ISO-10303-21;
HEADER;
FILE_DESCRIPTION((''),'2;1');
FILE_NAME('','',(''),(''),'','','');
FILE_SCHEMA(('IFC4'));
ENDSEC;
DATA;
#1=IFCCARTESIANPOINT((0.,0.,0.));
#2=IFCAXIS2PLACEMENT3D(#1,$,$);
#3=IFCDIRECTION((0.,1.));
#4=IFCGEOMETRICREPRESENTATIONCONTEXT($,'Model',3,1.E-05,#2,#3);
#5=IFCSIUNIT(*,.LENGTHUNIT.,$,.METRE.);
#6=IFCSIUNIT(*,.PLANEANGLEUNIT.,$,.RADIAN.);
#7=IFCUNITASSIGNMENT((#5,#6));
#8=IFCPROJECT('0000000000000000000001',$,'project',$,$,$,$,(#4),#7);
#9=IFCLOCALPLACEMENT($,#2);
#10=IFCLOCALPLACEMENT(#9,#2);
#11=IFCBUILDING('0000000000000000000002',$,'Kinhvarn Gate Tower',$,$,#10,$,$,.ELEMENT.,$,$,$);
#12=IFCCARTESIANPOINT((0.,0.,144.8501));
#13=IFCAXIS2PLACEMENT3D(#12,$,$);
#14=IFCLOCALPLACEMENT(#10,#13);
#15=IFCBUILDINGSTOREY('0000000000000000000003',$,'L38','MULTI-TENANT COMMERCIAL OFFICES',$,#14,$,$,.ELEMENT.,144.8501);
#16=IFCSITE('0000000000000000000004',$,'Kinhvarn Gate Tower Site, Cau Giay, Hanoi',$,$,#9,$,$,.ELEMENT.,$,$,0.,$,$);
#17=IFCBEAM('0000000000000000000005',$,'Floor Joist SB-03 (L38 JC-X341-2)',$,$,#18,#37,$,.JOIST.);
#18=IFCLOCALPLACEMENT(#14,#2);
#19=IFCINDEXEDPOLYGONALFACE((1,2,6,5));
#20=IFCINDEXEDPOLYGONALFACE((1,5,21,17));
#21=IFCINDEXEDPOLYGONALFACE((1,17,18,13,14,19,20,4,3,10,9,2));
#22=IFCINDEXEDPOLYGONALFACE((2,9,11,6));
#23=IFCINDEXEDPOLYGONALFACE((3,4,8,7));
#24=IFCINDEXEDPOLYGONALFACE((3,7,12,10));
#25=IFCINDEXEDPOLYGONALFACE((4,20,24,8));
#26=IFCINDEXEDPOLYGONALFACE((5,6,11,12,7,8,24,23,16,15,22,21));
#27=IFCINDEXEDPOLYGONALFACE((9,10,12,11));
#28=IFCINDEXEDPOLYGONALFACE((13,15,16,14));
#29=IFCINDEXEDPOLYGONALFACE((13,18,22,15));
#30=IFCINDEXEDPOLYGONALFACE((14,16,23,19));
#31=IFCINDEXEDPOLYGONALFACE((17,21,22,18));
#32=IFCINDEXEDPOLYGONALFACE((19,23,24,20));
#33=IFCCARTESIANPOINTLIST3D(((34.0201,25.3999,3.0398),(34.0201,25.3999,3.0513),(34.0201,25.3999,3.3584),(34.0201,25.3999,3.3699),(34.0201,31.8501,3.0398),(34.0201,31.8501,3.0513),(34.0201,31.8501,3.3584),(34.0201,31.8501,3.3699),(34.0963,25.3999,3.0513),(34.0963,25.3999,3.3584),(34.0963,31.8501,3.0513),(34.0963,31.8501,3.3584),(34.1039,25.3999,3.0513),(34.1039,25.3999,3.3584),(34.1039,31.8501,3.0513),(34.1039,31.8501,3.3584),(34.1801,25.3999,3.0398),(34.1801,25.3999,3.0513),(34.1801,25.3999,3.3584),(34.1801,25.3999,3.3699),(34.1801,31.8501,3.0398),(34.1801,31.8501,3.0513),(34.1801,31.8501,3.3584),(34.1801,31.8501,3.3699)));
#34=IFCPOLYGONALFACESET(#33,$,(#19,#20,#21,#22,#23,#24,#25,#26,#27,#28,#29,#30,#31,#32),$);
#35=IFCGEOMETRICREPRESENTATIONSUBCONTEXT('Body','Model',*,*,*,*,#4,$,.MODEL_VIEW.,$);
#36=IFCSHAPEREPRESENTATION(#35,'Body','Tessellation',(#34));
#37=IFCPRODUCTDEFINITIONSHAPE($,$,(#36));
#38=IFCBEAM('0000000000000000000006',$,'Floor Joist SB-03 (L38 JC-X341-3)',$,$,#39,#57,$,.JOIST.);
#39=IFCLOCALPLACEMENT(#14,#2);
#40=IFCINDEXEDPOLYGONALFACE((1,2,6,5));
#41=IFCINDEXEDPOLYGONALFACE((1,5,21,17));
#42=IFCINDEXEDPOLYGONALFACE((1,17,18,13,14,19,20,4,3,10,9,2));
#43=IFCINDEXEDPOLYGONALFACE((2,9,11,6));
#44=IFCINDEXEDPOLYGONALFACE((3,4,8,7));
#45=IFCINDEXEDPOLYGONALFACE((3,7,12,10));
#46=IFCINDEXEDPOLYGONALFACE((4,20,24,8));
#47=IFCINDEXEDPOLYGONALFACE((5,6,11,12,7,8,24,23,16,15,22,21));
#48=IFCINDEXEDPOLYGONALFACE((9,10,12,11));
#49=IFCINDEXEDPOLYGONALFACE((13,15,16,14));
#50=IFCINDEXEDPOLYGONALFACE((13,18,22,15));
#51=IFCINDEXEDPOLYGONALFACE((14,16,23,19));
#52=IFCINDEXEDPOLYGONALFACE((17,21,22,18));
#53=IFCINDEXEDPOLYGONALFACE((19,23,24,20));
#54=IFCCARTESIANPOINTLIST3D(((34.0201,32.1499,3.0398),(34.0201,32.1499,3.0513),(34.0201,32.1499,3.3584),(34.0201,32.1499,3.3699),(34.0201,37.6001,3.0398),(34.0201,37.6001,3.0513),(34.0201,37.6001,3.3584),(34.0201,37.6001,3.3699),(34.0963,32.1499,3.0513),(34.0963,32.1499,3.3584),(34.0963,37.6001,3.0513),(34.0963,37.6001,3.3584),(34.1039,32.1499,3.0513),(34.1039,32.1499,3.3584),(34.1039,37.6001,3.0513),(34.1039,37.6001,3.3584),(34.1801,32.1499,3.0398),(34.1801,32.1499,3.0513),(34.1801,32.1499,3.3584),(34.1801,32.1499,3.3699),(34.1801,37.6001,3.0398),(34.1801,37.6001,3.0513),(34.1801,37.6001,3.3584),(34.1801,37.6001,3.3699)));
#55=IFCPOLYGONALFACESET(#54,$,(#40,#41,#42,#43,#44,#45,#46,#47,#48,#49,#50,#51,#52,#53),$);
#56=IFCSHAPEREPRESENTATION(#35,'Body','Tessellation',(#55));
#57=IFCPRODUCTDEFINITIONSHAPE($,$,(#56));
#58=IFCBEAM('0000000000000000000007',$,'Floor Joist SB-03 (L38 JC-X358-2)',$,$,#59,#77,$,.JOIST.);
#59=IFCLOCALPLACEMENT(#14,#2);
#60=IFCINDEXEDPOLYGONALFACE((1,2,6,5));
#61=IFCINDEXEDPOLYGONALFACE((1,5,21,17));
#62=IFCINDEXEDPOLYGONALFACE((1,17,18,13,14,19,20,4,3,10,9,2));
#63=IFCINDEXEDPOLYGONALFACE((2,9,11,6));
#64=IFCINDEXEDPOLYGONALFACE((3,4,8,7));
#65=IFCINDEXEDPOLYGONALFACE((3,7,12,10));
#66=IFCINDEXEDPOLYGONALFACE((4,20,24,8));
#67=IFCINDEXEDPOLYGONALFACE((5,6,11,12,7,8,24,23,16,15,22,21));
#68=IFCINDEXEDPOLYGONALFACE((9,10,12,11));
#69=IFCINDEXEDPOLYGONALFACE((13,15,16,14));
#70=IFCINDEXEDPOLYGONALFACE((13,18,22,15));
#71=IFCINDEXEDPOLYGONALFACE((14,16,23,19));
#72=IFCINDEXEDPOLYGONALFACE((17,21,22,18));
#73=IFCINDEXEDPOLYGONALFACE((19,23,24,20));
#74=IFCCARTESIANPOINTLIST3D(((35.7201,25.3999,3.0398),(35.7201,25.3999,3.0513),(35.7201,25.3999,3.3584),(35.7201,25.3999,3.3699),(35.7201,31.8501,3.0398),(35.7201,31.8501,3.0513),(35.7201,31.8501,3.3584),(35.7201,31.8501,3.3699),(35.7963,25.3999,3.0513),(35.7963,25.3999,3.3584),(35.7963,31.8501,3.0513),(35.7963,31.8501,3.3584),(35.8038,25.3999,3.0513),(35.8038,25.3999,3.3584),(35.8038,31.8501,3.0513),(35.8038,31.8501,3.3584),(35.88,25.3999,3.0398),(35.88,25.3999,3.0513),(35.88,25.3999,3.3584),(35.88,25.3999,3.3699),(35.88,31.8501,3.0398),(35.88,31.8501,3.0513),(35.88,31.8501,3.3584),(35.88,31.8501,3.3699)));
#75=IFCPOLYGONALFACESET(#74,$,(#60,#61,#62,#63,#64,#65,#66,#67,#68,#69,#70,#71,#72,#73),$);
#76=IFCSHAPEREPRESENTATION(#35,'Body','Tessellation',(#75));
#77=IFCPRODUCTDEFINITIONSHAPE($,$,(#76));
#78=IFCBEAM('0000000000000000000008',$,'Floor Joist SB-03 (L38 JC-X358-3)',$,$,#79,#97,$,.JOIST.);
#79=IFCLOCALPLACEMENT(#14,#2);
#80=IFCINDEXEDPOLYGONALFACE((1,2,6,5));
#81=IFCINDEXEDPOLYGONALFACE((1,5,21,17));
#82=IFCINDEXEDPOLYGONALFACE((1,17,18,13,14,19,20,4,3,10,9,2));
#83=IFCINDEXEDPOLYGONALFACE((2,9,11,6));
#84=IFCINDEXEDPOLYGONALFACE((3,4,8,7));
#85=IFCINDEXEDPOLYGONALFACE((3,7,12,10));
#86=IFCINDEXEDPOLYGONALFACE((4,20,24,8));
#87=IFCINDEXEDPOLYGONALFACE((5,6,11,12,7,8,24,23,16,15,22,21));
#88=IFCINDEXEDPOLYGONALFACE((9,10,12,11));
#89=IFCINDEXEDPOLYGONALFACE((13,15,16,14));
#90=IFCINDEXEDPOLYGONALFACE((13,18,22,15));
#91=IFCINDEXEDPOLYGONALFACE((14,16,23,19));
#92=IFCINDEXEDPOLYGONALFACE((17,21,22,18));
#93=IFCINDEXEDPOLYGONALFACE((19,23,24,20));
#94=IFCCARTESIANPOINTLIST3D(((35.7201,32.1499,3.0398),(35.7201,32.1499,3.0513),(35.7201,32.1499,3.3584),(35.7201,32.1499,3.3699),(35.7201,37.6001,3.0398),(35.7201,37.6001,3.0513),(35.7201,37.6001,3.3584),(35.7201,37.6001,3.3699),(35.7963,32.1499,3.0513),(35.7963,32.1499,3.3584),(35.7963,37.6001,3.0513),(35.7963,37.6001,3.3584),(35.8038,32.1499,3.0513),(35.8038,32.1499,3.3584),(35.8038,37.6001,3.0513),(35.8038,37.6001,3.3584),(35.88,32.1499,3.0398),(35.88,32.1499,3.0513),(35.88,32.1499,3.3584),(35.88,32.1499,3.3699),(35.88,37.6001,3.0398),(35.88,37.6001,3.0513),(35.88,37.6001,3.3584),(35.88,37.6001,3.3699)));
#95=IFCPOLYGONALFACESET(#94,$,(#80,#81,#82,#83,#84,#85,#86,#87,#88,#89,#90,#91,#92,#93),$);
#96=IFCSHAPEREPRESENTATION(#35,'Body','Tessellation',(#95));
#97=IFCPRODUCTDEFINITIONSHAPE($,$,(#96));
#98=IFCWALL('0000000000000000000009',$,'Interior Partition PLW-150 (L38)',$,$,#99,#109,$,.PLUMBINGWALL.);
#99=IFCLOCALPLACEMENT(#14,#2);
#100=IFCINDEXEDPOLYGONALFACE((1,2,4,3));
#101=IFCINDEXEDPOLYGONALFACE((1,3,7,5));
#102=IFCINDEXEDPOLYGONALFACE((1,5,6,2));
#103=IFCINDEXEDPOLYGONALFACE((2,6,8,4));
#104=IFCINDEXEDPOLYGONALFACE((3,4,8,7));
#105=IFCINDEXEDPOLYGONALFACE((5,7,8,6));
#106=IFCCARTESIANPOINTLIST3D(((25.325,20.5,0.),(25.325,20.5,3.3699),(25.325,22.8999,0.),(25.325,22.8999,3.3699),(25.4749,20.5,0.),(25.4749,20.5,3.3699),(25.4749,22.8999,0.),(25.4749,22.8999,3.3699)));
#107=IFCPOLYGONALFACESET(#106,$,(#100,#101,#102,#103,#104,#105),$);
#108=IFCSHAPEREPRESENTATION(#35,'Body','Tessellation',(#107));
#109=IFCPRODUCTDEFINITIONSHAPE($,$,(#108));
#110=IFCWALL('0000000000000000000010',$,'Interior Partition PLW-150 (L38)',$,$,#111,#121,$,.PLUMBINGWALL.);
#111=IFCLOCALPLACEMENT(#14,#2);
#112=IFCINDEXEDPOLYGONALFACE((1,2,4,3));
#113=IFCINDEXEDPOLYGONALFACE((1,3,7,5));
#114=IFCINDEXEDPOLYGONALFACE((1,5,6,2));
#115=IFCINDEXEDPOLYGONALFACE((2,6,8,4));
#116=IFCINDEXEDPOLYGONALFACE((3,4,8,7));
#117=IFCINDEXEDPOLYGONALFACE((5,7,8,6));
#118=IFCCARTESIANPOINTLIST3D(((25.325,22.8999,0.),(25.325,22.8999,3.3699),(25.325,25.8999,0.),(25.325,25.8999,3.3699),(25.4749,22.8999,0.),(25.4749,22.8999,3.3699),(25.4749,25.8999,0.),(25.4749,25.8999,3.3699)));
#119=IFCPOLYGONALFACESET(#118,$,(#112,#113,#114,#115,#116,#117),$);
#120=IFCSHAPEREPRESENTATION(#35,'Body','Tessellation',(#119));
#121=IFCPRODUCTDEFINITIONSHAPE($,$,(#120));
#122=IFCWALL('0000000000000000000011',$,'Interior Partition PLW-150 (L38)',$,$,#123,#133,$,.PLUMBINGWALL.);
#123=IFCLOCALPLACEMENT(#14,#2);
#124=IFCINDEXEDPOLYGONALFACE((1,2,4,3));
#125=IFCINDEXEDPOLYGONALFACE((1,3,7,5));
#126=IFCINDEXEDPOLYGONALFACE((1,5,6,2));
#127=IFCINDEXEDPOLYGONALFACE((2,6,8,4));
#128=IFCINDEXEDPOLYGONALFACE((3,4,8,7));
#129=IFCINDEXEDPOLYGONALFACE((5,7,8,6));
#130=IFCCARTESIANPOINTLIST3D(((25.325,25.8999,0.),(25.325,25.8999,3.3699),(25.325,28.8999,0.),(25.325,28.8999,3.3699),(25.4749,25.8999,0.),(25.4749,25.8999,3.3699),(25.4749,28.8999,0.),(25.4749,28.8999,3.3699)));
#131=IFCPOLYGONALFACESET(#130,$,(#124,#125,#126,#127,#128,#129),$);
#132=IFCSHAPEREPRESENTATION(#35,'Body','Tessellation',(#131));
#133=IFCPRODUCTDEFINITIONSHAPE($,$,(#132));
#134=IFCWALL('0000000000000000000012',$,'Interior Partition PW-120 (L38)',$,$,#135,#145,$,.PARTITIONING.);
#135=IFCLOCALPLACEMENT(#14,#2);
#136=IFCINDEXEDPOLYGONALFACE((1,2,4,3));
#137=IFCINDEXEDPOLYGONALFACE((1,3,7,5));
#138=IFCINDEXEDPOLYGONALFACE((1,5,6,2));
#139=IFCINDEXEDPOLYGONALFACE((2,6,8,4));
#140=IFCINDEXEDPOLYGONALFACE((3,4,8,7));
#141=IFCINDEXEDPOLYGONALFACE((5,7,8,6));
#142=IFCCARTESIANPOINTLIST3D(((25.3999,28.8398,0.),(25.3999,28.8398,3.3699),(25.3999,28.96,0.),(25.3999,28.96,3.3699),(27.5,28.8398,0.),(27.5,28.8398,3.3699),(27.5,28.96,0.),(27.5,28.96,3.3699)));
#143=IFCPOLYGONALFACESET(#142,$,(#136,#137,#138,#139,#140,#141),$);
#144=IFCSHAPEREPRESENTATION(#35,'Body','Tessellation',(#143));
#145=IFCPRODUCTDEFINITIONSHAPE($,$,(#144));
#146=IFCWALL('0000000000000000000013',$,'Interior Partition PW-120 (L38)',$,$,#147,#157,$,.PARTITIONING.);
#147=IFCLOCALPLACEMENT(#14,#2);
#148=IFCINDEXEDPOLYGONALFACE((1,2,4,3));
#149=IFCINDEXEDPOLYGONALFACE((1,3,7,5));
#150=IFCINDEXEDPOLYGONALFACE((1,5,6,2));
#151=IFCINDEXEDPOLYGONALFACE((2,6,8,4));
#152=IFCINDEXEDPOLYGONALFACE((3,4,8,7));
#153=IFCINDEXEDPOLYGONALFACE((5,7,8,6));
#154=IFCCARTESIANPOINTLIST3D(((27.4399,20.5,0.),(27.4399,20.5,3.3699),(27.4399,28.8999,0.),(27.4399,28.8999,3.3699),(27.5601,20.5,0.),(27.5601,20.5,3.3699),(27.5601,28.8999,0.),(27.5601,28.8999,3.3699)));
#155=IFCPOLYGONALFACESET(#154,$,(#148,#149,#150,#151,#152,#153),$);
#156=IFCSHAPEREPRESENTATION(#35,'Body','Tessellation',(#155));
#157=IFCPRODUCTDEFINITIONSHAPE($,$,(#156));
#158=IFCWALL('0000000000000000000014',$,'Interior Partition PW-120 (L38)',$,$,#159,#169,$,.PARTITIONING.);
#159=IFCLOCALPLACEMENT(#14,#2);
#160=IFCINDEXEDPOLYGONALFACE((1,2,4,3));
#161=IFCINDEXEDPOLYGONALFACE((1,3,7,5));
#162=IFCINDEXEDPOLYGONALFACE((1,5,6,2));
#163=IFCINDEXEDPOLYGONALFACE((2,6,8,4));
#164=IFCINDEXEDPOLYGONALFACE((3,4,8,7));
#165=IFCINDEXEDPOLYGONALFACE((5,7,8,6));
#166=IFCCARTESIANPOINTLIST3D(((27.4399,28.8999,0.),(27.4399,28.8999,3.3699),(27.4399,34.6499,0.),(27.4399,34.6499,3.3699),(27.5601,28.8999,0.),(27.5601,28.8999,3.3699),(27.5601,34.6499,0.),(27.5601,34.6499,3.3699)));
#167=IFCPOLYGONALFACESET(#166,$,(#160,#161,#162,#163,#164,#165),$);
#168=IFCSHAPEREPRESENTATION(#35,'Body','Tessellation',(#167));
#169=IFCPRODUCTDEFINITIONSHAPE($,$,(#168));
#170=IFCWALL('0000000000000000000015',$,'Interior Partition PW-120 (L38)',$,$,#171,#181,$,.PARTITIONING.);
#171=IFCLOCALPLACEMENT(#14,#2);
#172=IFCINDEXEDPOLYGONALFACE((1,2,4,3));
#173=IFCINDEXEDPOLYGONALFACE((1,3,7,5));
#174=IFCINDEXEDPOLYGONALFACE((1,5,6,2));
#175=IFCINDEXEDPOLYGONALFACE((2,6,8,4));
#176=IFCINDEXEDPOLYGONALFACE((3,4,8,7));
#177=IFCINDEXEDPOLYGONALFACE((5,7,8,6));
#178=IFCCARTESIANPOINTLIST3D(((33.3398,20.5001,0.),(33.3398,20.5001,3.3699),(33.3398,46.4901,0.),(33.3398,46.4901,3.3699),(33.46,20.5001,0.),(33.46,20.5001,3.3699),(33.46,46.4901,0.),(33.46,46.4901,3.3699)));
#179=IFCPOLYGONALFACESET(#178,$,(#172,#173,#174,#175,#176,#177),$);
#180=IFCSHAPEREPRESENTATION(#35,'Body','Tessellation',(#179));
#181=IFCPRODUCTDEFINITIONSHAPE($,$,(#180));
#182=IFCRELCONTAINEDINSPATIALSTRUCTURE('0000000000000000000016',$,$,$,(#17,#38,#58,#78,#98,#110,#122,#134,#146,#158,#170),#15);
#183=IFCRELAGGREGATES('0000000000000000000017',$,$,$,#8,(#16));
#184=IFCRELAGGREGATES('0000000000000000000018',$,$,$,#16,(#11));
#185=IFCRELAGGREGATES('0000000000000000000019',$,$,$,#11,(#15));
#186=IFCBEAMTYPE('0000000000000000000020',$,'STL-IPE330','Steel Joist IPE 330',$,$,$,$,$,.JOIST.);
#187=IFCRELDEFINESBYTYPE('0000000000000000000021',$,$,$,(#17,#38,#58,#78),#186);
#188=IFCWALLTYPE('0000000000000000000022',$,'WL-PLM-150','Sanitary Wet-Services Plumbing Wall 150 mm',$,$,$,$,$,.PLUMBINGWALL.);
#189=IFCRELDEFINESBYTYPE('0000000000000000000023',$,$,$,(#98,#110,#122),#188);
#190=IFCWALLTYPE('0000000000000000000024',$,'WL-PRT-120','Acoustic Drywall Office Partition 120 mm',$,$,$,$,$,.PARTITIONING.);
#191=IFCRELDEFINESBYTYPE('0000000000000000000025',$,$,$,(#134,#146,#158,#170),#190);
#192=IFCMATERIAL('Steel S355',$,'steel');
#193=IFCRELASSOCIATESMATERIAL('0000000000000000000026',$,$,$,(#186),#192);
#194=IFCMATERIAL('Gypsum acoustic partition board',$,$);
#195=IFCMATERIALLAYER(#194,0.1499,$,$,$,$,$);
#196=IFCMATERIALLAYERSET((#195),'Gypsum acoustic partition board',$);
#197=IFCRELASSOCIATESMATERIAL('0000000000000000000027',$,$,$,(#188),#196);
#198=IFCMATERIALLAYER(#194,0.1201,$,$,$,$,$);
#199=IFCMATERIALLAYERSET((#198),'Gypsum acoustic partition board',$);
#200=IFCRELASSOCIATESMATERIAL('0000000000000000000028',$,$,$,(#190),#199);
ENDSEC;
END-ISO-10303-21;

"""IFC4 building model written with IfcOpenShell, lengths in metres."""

from ifc_helpers import new_model, si_unit, direction, frame, frame_2d, origin, origin_2d, place, context, subcontext, project, spatial, rectangle, i_section, extrude, material, layer, layer_set, material_profile, profile_set, type_object, element, save


model = new_model("IFC4")

# Units and contexts
model_context = context("Model", 3, precision=1e-05, world=origin(), true_north=direction((0.0, 1.0)))
body_context = subcontext(model_context, "Body", "Model", "MODEL_VIEW")
ifc_project = project(units=[si_unit("LENGTHUNIT", "METRE"), si_unit("PLANEANGLEUNIT", "RADIAN")], contexts=[model_context])

# Site, building, storey
site_placement = place(None, origin())
site = spatial("IfcSite", under=ifc_project, at=site_placement, Name="Kinhvarn Gate Tower Site, Cau Giay, Hanoi", CompositionType="ELEMENT", RefElevation=0.0)
building_placement = place(site_placement, origin())
building = spatial("IfcBuilding", under=site, at=building_placement, Name="Kinhvarn Gate Tower", CompositionType="ELEMENT")
storey_placement = place(building_placement, frame((0.0, 0.0, 144.8501)))
storey = spatial("IfcBuildingStorey", under=building, at=storey_placement, Name="L38", Description="MULTI-TENANT COMMERCIAL OFFICES", CompositionType="ELEMENT", Elevation=144.8501)

# Beams
ifc_material_1 = material(Name="Steel S355", Category="steel")
ifc_material_profile = material_profile(ifc_material_1, i_section(OverallWidth=0.1599, OverallDepth=0.3301, WebThickness=0.0076, FlangeThickness=0.0115, at=origin_2d()), Name="IPE 330")
ifc_profile_set = profile_set([ifc_material_profile], Name="Steel S355")
beam_type = type_object("IfcBeamType", Name="STL-IPE330", Description="Steel Joist IPE 330", PredefinedType="JOIST", material=ifc_profile_set)
beam_1_placement = place(storey_placement, frame((34.1001, 25.3999, 3.2048), z_axis=(0.0, 1.0, 0.0), x_axis=(-1.0, 0.0, 0.0)))
element("IfcBeam", 1, at=beam_1_placement, inside=storey, type_object=beam_type, Name="Floor Joist SB-03 (L38 JC-X341-2)", PredefinedType="JOIST", context=body_context, shape_type="SweptSolid", body=[
    extrude(i_section(OverallWidth=0.1599, OverallDepth=0.3301, WebThickness=0.0076, FlangeThickness=0.0115, at=origin_2d()), origin(), (0.0, 0.0, 1.0), 6.4502),
])
beam_2_placement = place(storey_placement, frame((34.1001, 32.1499, 3.2048), z_axis=(0.0, 1.0, 0.0), x_axis=(-1.0, 0.0, 0.0)))
element("IfcBeam", 2, at=beam_2_placement, inside=storey, type_object=beam_type, Name="Floor Joist SB-03 (L38 JC-X341-3)", PredefinedType="JOIST", context=body_context, shape_type="SweptSolid", body=[
    extrude(i_section(OverallWidth=0.1599, OverallDepth=0.3301, WebThickness=0.0076, FlangeThickness=0.0115, at=origin_2d()), origin(), (0.0, 0.0, 1.0), 5.4502),
])
beam_3_placement = place(storey_placement, frame((35.8, 25.3999, 3.2048), z_axis=(0.0, 1.0, 0.0), x_axis=(-1.0, 0.0, 0.0)))
element("IfcBeam", 3, at=beam_3_placement, inside=storey, type_object=beam_type, Name="Floor Joist SB-03 (L38 JC-X358-2)", PredefinedType="JOIST", context=body_context, shape_type="SweptSolid", body=[
    extrude(i_section(OverallWidth=0.1599, OverallDepth=0.3301, WebThickness=0.0076, FlangeThickness=0.0115, at=origin_2d()), origin(), (0.0, 0.0, 1.0), 6.4502),
])
beam_4_placement = place(storey_placement, frame((35.8, 32.1499, 3.2048), z_axis=(0.0, 1.0, 0.0), x_axis=(-1.0, 0.0, 0.0)))
element("IfcBeam", 4, at=beam_4_placement, inside=storey, type_object=beam_type, Name="Floor Joist SB-03 (L38 JC-X358-3)", PredefinedType="JOIST", context=body_context, shape_type="SweptSolid", body=[
    extrude(i_section(OverallWidth=0.1599, OverallDepth=0.3301, WebThickness=0.0076, FlangeThickness=0.0115, at=origin_2d()), origin(), (0.0, 0.0, 1.0), 5.4502),
])

# Walls
ifc_material_2 = material(Name="Gypsum acoustic partition board")
ifc_layer_1 = layer(ifc_material_2, 0.1499)
ifc_layer_set_1 = layer_set([ifc_layer_1], Name="Gypsum acoustic partition board")
wall_type_1 = type_object("IfcWallType", Name="WL-PLM-150", Description="Sanitary Wet-Services Plumbing Wall 150 mm", PredefinedType="PLUMBINGWALL", material=ifc_layer_set_1)
wall_1_placement = place(storey_placement, frame((25.3999, 20.5, 0.0), z_axis=(0.0, 0.0, 1.0), x_axis=(0.0, 1.0, 0.0)))
element("IfcWall", 5, at=wall_1_placement, inside=storey, type_object=wall_type_1, Name="Interior Partition PLW-150 (L38)", PredefinedType="PLUMBINGWALL", context=body_context, shape_type="SweptSolid", body=[
    extrude(rectangle(XDim=2.3999, YDim=0.1499, at=frame_2d((1.2, 0.0))), origin(), (0.0, 0.0, 1.0), 3.3699),
])
for number, where, z_axis, x_axis, name in (
    (6, (25.3999, 22.8999, 0.0), (0.0, 0.0, 1.0), (0.0, 1.0, 0.0), "Interior Partition PLW-150 (L38)"),
    (7, (25.3999, 25.8999, 0.0), (0.0, 0.0, 1.0), (0.0, 1.0, 0.0), "Interior Partition PLW-150 (L38)"),
):
    element("IfcWall", number, at=place(storey_placement, frame(where, z_axis=z_axis, x_axis=x_axis)), inside=storey, type_object=wall_type_1, Name=name, PredefinedType="PLUMBINGWALL", context=body_context, shape_type="SweptSolid", body=[
        extrude(rectangle(XDim=3.0, YDim=0.1499, at=frame_2d((1.5, 0.0))), origin(), (0.0, 0.0, 1.0), 3.3699),
    ])
ifc_layer_2 = layer(ifc_material_2, 0.1201)
ifc_layer_set_2 = layer_set([ifc_layer_2], Name="Gypsum acoustic partition board")
wall_type_2 = type_object("IfcWallType", Name="WL-PRT-120", Description="Acoustic Drywall Office Partition 120 mm", PredefinedType="PARTITIONING", material=ifc_layer_set_2)
wall_2_placement = place(storey_placement, frame((25.3999, 28.8999, 0.0), z_axis=(0.0, 0.0, 1.0), x_axis=(1.0, 0.0, 0.0)))
element("IfcWall", 8, at=wall_2_placement, inside=storey, type_object=wall_type_2, Name="Interior Partition PW-120 (L38)", PredefinedType="PARTITIONING", context=body_context, shape_type="SweptSolid", body=[
    extrude(rectangle(XDim=2.1001, YDim=0.1201, at=frame_2d((1.05, 0.0))), origin(), (0.0, 0.0, 1.0), 3.3699),
])
wall_3_placement = place(storey_placement, frame((27.5, 20.5, 0.0), z_axis=(0.0, 0.0, 1.0), x_axis=(0.0, 1.0, 0.0)))
element("IfcWall", 9, at=wall_3_placement, inside=storey, type_object=wall_type_2, Name="Interior Partition PW-120 (L38)", PredefinedType="PARTITIONING", context=body_context, shape_type="SweptSolid", body=[
    extrude(rectangle(XDim=8.3999, YDim=0.1201, at=frame_2d((4.2, 0.0))), origin(), (0.0, 0.0, 1.0), 3.3699),
])
wall_4_placement = place(storey_placement, frame((27.5, 28.8999, 0.0), z_axis=(0.0, 0.0, 1.0), x_axis=(0.0, 1.0, 0.0)))
element("IfcWall", 10, at=wall_4_placement, inside=storey, type_object=wall_type_2, Name="Interior Partition PW-120 (L38)", PredefinedType="PARTITIONING", context=body_context, shape_type="SweptSolid", body=[
    extrude(rectangle(XDim=5.75, YDim=0.1201, at=frame_2d((2.875, 0.0))), origin(), (0.0, 0.0, 1.0), 3.3699),
])
wall_5_placement = place(storey_placement, frame((33.3999, 20.5, 0.0), z_axis=(0.0, 0.0, 1.0), x_axis=(0.0, 1.0, 0.0)))
element("IfcWall", 11, at=wall_5_placement, inside=storey, type_object=wall_type_2, Name="Interior Partition PW-120 (L38)", PredefinedType="PARTITIONING", context=body_context, shape_type="SweptSolid", body=[
    extrude(rectangle(XDim=25.99, YDim=0.1201, at=frame_2d((12.9951, 0.0))), origin(), (0.0, 0.0, 1.0), 3.3699),
])

save(model, "model.ifc")
